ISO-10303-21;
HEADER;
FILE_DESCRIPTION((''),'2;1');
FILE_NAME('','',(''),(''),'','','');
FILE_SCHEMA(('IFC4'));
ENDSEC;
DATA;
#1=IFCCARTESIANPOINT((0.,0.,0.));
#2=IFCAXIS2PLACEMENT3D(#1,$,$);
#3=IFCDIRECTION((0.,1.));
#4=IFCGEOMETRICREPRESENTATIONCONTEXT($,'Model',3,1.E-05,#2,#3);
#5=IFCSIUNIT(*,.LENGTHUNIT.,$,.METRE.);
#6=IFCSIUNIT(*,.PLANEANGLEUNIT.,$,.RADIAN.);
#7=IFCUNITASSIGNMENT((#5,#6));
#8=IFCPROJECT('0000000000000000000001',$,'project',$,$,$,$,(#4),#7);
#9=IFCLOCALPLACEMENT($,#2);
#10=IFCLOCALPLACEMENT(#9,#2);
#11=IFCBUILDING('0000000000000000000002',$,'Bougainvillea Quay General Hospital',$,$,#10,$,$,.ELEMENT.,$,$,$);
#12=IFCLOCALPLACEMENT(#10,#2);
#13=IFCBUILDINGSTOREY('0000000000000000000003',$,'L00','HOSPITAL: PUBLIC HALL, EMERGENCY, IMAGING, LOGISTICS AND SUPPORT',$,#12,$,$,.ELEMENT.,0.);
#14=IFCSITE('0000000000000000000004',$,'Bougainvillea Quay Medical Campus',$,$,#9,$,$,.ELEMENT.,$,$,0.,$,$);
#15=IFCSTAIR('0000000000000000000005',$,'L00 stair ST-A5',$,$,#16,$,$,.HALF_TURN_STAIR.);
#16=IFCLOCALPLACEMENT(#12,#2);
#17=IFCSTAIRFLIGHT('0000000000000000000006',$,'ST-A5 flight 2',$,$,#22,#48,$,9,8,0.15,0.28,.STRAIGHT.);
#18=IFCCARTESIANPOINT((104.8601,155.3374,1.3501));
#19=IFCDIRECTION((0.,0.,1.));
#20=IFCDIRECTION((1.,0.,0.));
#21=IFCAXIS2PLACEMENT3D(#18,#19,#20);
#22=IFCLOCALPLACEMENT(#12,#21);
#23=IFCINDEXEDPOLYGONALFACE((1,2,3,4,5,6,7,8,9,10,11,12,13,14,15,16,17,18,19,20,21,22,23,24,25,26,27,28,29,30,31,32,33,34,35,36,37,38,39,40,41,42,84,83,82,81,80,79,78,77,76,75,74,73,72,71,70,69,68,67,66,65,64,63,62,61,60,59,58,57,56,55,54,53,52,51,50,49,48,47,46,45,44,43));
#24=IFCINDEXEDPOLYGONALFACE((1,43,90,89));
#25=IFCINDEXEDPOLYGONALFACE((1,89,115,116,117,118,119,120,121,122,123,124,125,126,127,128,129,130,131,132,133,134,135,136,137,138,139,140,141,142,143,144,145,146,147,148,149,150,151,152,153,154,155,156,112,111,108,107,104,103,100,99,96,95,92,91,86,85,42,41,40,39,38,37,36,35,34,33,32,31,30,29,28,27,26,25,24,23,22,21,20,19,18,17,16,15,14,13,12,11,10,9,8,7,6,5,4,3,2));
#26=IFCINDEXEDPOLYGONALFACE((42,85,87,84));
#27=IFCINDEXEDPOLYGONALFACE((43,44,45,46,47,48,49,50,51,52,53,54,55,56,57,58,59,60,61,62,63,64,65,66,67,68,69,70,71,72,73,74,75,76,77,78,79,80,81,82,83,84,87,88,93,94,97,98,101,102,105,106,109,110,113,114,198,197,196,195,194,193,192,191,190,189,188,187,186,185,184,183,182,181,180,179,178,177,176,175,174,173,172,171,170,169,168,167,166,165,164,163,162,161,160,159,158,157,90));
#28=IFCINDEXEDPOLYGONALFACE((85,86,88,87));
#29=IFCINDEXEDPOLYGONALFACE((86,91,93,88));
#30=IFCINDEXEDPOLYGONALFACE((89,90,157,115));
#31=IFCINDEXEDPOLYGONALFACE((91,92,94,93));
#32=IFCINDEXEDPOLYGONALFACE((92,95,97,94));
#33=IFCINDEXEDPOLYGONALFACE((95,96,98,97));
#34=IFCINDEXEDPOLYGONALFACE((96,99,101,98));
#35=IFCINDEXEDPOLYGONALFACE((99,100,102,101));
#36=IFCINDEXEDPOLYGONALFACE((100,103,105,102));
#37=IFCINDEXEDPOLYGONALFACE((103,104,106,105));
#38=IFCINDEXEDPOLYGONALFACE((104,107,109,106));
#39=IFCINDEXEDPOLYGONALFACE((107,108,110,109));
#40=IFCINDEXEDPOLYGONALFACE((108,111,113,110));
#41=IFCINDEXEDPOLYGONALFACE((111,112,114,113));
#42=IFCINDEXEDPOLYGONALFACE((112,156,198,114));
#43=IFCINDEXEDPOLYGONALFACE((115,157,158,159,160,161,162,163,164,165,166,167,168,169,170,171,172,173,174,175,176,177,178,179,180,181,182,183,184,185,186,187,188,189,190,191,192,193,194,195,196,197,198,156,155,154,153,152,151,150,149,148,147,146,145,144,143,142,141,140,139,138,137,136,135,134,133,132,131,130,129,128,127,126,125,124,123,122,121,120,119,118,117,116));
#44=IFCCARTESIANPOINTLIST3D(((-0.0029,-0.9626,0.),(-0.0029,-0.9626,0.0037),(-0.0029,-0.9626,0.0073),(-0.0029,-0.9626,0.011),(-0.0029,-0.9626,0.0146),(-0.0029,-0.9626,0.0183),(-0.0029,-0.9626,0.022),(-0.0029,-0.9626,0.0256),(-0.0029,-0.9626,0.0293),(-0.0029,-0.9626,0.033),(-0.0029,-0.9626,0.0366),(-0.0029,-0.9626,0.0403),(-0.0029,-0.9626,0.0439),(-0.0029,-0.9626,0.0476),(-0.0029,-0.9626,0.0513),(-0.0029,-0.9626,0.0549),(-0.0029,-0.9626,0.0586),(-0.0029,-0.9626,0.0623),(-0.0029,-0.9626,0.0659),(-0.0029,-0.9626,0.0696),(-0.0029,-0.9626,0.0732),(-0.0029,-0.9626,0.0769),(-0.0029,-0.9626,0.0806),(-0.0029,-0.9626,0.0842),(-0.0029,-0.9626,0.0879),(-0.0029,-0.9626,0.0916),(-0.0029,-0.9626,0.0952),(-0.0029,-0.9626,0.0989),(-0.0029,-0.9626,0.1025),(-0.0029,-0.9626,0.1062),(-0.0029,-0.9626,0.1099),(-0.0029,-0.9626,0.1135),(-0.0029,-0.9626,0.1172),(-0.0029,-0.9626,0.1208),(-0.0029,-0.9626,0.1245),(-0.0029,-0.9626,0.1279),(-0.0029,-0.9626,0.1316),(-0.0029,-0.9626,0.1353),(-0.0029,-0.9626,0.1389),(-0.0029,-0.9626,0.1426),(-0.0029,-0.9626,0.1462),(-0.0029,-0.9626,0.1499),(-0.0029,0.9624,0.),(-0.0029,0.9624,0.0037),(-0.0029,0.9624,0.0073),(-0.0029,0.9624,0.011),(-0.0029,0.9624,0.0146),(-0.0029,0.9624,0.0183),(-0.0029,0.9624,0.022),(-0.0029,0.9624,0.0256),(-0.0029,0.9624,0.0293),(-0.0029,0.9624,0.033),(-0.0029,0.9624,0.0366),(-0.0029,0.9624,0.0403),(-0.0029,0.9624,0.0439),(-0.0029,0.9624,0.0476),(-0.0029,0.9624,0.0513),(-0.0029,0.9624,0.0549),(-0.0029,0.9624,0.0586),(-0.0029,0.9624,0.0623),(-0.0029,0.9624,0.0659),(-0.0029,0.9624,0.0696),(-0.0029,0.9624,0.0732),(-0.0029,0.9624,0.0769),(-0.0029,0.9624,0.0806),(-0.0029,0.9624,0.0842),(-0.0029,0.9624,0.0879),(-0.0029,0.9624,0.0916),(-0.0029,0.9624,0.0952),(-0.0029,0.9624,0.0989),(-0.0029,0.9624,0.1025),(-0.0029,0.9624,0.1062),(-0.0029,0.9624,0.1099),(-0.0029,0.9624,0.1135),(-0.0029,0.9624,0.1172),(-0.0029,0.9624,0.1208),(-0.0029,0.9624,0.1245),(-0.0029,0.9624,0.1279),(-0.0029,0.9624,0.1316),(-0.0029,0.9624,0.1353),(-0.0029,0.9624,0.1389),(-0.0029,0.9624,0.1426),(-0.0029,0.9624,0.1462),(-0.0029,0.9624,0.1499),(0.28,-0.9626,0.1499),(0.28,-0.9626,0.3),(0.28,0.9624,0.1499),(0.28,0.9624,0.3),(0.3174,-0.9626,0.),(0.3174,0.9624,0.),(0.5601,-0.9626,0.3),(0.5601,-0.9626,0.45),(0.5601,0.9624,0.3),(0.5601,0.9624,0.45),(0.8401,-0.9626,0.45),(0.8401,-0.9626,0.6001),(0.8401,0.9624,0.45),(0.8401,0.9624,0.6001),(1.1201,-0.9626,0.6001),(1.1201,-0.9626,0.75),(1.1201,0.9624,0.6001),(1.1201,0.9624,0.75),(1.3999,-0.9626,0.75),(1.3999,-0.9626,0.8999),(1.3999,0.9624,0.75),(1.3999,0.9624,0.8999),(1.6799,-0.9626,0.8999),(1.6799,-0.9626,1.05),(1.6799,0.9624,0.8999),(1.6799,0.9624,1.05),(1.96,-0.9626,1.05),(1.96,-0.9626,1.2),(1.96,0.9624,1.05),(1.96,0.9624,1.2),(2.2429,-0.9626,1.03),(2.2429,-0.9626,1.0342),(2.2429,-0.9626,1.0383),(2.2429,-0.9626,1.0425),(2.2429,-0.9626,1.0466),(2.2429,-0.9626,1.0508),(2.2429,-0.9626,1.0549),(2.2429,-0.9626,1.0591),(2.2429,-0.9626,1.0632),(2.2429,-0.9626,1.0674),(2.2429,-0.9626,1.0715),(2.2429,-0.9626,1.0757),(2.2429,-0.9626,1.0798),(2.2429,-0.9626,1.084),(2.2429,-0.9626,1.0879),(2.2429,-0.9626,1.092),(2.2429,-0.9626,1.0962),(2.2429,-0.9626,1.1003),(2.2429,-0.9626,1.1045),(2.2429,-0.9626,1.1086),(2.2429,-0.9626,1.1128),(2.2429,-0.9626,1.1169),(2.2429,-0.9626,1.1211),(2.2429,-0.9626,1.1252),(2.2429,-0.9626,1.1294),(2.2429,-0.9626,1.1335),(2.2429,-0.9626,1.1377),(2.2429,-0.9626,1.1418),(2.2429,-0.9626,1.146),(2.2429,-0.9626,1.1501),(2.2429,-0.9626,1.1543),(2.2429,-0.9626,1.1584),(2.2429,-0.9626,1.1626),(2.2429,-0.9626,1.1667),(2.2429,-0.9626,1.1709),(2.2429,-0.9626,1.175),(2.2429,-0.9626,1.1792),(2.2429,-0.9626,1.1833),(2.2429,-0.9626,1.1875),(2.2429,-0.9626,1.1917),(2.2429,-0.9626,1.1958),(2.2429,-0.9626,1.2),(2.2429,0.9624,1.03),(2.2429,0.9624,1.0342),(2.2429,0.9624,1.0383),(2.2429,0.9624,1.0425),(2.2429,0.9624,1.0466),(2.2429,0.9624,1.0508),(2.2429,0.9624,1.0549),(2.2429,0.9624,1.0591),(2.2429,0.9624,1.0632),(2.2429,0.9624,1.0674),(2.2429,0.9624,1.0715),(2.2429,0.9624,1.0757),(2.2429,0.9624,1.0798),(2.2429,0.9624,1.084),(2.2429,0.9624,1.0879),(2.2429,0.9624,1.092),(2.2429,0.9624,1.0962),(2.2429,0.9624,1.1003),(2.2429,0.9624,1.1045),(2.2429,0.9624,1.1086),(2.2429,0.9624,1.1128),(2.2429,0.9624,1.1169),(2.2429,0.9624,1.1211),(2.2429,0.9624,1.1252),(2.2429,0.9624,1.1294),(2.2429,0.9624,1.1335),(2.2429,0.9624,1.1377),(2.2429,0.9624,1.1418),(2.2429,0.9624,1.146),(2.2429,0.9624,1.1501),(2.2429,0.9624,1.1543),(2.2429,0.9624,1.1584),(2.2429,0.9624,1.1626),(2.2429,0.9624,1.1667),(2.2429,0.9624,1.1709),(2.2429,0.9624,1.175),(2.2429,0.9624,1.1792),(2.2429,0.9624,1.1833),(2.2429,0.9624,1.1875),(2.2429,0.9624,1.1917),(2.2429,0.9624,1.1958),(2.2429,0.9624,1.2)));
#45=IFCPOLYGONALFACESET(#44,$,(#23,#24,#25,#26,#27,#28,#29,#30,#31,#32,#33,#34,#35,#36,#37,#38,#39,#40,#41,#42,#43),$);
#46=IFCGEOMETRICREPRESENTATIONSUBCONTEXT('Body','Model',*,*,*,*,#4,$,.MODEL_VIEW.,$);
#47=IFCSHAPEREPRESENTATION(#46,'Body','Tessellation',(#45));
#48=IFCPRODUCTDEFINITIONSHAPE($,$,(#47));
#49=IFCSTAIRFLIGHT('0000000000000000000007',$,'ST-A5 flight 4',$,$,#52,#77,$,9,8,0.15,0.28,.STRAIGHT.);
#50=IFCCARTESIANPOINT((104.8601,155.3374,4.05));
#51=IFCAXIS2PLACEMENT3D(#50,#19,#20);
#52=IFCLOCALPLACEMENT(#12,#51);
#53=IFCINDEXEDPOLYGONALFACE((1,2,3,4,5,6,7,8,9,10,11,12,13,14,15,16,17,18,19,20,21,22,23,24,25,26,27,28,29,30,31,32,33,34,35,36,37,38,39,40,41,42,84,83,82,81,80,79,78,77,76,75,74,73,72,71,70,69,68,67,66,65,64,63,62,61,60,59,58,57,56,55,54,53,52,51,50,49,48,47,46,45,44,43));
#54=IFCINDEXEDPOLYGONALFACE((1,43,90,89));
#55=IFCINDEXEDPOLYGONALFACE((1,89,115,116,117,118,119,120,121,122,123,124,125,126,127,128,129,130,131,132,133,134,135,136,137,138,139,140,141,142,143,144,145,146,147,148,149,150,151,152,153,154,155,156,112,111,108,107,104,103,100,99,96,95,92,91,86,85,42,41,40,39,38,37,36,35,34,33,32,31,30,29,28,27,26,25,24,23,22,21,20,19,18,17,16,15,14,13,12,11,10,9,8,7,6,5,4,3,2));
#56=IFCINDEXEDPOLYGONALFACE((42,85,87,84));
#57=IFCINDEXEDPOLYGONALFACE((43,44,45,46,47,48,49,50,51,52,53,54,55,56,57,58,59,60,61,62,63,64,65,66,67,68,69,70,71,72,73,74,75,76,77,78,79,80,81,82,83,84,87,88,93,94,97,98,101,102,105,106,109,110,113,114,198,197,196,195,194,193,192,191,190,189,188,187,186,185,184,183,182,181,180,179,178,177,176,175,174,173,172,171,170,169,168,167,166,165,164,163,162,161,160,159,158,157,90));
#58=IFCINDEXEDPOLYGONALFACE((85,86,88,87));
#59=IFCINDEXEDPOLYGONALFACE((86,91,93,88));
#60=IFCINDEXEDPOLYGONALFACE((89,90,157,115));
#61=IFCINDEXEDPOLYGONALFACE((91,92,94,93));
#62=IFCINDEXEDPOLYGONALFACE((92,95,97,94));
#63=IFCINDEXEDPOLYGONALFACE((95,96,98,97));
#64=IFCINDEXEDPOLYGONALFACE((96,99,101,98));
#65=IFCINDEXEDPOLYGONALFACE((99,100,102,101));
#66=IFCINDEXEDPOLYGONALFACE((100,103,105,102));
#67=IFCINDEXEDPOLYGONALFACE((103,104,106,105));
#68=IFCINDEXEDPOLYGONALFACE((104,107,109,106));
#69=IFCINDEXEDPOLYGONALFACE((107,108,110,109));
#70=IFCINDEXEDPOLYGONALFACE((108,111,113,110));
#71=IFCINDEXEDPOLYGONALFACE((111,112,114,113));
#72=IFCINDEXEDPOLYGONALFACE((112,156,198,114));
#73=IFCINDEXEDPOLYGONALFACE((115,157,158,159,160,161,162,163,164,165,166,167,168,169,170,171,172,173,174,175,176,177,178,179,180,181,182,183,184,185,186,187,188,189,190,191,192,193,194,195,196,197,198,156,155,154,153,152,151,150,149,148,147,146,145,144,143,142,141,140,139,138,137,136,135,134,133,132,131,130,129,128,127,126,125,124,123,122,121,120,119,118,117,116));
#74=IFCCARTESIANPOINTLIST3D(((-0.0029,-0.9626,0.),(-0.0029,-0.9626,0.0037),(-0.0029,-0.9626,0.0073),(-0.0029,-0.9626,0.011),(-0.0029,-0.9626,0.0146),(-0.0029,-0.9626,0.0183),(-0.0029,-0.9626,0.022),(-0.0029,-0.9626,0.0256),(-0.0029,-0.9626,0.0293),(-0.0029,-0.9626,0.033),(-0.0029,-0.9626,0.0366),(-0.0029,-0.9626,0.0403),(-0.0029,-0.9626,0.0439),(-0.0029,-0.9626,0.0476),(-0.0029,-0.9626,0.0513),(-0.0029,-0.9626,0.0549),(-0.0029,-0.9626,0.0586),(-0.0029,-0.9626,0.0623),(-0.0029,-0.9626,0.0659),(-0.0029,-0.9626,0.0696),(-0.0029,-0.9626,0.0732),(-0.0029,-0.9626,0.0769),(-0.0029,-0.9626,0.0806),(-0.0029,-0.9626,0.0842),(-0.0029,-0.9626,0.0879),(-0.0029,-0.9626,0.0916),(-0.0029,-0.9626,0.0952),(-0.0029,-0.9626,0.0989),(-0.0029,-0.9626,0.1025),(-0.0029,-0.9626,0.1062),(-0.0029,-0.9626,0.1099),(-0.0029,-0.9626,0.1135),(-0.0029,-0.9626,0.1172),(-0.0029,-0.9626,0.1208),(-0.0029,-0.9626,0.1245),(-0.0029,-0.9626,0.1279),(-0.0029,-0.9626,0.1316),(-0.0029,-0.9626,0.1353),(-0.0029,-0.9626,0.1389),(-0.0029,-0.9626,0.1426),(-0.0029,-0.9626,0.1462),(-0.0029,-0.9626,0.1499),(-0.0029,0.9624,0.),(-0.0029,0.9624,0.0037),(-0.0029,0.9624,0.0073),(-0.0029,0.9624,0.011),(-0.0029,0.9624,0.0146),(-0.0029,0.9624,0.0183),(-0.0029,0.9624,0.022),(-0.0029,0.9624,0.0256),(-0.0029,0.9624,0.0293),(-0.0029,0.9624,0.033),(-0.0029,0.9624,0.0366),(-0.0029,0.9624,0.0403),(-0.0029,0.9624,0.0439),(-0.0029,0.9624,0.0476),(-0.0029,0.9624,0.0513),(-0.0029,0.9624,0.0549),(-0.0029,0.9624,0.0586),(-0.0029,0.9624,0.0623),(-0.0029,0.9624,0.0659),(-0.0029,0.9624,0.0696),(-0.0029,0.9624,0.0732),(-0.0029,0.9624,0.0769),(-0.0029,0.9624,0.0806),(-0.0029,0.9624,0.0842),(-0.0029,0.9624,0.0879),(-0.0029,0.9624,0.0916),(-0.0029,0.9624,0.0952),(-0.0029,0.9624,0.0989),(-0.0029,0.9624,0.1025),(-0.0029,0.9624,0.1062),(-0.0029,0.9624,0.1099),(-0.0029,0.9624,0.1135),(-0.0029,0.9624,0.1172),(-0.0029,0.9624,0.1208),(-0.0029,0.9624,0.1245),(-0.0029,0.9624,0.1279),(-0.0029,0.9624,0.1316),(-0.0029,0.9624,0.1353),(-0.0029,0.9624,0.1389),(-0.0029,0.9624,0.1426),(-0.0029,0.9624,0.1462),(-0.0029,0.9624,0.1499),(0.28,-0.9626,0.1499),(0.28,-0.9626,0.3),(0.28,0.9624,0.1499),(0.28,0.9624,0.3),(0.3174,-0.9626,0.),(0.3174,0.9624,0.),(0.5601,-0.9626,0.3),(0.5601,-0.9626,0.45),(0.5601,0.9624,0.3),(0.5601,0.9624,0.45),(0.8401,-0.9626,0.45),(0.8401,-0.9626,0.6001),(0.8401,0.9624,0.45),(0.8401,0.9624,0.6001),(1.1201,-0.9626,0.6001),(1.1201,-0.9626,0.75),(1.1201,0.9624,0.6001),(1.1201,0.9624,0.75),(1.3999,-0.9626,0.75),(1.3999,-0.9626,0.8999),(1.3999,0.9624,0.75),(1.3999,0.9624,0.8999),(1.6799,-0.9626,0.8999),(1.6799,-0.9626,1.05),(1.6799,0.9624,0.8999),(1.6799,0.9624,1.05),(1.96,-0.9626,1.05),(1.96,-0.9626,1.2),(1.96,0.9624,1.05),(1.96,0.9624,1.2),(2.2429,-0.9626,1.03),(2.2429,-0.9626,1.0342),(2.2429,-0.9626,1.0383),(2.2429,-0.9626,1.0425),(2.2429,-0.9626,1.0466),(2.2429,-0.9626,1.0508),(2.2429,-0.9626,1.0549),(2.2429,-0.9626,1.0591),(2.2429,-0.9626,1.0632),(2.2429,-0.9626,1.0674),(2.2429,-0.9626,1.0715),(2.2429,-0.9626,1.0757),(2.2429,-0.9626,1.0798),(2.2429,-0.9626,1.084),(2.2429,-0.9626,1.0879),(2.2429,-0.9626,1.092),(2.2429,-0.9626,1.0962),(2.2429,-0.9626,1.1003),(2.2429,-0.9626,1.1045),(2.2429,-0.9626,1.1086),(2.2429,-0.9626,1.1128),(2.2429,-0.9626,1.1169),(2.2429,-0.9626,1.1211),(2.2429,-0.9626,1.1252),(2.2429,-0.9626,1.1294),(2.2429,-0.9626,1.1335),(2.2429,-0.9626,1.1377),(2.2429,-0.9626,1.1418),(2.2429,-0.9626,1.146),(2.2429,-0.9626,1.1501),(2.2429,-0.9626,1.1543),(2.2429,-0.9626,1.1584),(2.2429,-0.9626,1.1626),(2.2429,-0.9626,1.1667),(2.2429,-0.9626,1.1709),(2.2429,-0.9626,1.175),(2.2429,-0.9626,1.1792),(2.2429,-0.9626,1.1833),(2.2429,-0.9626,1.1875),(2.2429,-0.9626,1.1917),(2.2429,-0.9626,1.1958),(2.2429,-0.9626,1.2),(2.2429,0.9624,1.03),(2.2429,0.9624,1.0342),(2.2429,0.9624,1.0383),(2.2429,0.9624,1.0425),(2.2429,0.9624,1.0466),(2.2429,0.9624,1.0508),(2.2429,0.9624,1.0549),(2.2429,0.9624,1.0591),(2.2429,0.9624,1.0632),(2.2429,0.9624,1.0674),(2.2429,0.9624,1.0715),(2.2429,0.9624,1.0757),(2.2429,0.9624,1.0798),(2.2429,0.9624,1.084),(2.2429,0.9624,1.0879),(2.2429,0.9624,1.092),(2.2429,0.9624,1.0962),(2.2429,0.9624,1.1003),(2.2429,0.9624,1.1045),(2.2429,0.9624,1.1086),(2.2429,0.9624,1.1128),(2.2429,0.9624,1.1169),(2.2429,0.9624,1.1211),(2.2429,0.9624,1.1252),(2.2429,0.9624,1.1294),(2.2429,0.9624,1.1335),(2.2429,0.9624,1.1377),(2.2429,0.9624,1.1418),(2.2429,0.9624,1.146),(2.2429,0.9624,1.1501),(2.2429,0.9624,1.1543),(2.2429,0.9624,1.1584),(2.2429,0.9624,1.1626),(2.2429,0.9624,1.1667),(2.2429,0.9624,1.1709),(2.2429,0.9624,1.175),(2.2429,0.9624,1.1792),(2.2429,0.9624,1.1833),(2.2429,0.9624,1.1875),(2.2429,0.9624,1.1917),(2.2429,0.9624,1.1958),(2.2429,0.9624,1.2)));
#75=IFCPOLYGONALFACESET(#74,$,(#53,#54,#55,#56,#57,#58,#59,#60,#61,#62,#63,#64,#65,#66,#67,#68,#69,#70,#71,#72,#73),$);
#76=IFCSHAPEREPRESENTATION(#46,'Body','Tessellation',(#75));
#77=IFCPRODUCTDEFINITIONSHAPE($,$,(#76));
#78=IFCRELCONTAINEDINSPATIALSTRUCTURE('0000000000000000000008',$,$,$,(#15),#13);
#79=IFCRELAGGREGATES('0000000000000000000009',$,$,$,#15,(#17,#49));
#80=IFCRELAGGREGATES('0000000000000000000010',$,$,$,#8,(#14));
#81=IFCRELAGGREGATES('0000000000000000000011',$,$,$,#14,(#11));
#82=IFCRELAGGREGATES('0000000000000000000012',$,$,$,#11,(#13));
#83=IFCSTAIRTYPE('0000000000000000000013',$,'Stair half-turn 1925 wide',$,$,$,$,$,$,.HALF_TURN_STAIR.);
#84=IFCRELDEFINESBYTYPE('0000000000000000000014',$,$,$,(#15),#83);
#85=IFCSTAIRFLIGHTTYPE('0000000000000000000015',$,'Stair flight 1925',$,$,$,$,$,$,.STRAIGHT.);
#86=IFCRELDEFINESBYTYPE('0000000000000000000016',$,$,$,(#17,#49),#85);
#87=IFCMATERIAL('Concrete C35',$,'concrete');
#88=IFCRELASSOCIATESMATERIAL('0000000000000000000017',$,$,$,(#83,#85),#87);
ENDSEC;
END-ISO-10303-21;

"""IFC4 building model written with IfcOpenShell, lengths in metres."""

from ifc_helpers import new_model, si_unit, direction, frame, origin, place, context, subcontext, project, spatial, polyline, outline, extrude, material, type_object, element, aggregate, save


model = new_model("IFC4")

# Units and contexts
model_context = context("Model", 3, precision=1e-05, world=origin(), true_north=direction((0.0, 1.0)))
body_context = subcontext(model_context, "Body", "Model", "MODEL_VIEW")
ifc_project = project(units=[si_unit("LENGTHUNIT", "METRE"), si_unit("PLANEANGLEUNIT", "RADIAN")], contexts=[model_context])

# Site, building, storey
site_placement = place(None, origin())
site = spatial("IfcSite", under=ifc_project, at=site_placement, Name="Bougainvillea Quay Medical Campus", CompositionType="ELEMENT", RefElevation=0.0)
building_placement = place(site_placement, origin())
building = spatial("IfcBuilding", under=site, at=building_placement, Name="Bougainvillea Quay General Hospital", CompositionType="ELEMENT")
storey_placement = place(building_placement, origin())
storey = spatial("IfcBuildingStorey", under=building, at=storey_placement, Name="L00", Description="HOSPITAL: PUBLIC HALL, EMERGENCY, IMAGING, LOGISTICS AND SUPPORT", CompositionType="ELEMENT", Elevation=0.0)

# Stair, stair flights
ifc_material_1 = material(Name="Concrete C35", Category="concrete")
stair_type = type_object("IfcStairType", Name="Stair half-turn 1925 wide", PredefinedType="HALF_TURN_STAIR", material=ifc_material_1)
stair_placement = place(storey_placement, origin())
stair = element("IfcStair", 1, at=stair_placement, inside=storey, type_object=stair_type, Name="L00 stair ST-A5", PredefinedType="HALF_TURN_STAIR")
stair_flight_type = type_object("IfcStairFlightType", Name="Stair flight 1925", PredefinedType="STRAIGHT", material=ifc_material_1)
stair_flight_1_placement = place(storey_placement, frame((104.8601, 155.3374, 1.3501), z_axis=(0.0, 0.0, 1.0), x_axis=(1.0, 0.0, 0.0)))
stair_flight_1 = element("IfcStairFlight", 2, at=stair_flight_1_placement, type_object=stair_flight_type, Name="ST-A5 flight 2", NumberOfRisers=9, NumberOfTreads=8, PredefinedType="STRAIGHT", RiserHeight=0.15, TreadLength=0.28, context=body_context, shape_type="SweptSolid", body=[
    extrude(outline(polyline([(-0.0029, 0.0), (-0.0029, 0.0037), (-0.0029, 0.0073), (-0.0029, 0.011), (-0.0029, 0.0146), (-0.0029, 0.0183), (-0.0029, 0.022), (-0.0029, 0.0256), (-0.0029, 0.0293), (-0.0029, 0.033), (-0.0029, 0.0366), (-0.0029, 0.0403), (-0.0029, 0.0439), (-0.0029, 0.0476), (-0.0029, 0.0513), (-0.0029, 0.0549), (-0.0029, 0.0586), (-0.0029, 0.0623), (-0.0029, 0.0659), (-0.0029, 0.0696), (-0.0029, 0.0732), (-0.0029, 0.0769), (-0.0029, 0.0806), (-0.0029, 0.0842), (-0.0029, 0.0879), (-0.0029, 0.0916), (-0.0029, 0.0952), (-0.0029, 0.0989), (-0.0029, 0.1025), (-0.0029, 0.1062), (-0.0029, 0.1099), (-0.0029, 0.1135), (-0.0029, 0.1172), (-0.0029, 0.1208), (-0.0029, 0.1245), (-0.0029, 0.1279), (-0.0029, 0.1316), (-0.0029, 0.1353), (-0.0029, 0.1389), (-0.0029, 0.1426), (-0.0029, 0.1462), (-0.0029, 0.1499), (0.28, 0.1499), (0.28, 0.3), (0.5601, 0.3), (0.5601, 0.45), (0.8401, 0.45), (0.8401, 0.6001), (1.1201, 0.6001), (1.1201, 0.75), (1.3999, 0.75), (1.3999, 0.8999), (1.6799, 0.8999), (1.6799, 1.05), (1.96, 1.05), (1.96, 1.2), (2.2429, 1.2), (2.2429, 1.1958), (2.2429, 1.1917), (2.2429, 1.1875), (2.2429, 1.1833), (2.2429, 1.1792), (2.2429, 1.175), (2.2429, 1.1709), (2.2429, 1.1667), (2.2429, 1.1626), (2.2429, 1.1584), (2.2429, 1.1543), (2.2429, 1.1501), (2.2429, 1.146), (2.2429, 1.1418), (2.2429, 1.1377), (2.2429, 1.1335), (2.2429, 1.1294), (2.2429, 1.1252), (2.2429, 1.1211), (2.2429, 1.1169), (2.2429, 1.1128), (2.2429, 1.1086), (2.2429, 1.1045), (2.2429, 1.1003), (2.2429, 1.0962), (2.2429, 1.092), (2.2429, 1.0879), (2.2429, 1.084), (2.2429, 1.0798), (2.2429, 1.0757), (2.2429, 1.0715), (2.2429, 1.0674), (2.2429, 1.0632), (2.2429, 1.0591), (2.2429, 1.0549), (2.2429, 1.0508), (2.2429, 1.0466), (2.2429, 1.0425), (2.2429, 1.0383), (2.2429, 1.0342), (2.2429, 1.03), (0.3174, 0.0), (-0.0029, 0.0)])), frame((0.0, 0.9624, 0.0), z_axis=(0.0, -1.0, 0.0), x_axis=(1.0, 0.0, 0.0)), (0.0, 0.0, 1.0), 1.925),
])
stair_flight_2_placement = place(storey_placement, frame((104.8601, 155.3374, 4.05), z_axis=(0.0, 0.0, 1.0), x_axis=(1.0, 0.0, 0.0)))
stair_flight_2 = element("IfcStairFlight", 3, at=stair_flight_2_placement, type_object=stair_flight_type, Name="ST-A5 flight 4", NumberOfRisers=9, NumberOfTreads=8, PredefinedType="STRAIGHT", RiserHeight=0.15, TreadLength=0.28, context=body_context, shape_type="SweptSolid", body=[
    extrude(outline(polyline([(-0.0029, 0.0), (-0.0029, 0.0037), (-0.0029, 0.0073), (-0.0029, 0.011), (-0.0029, 0.0146), (-0.0029, 0.0183), (-0.0029, 0.022), (-0.0029, 0.0256), (-0.0029, 0.0293), (-0.0029, 0.033), (-0.0029, 0.0366), (-0.0029, 0.0403), (-0.0029, 0.0439), (-0.0029, 0.0476), (-0.0029, 0.0513), (-0.0029, 0.0549), (-0.0029, 0.0586), (-0.0029, 0.0623), (-0.0029, 0.0659), (-0.0029, 0.0696), (-0.0029, 0.0732), (-0.0029, 0.0769), (-0.0029, 0.0806), (-0.0029, 0.0842), (-0.0029, 0.0879), (-0.0029, 0.0916), (-0.0029, 0.0952), (-0.0029, 0.0989), (-0.0029, 0.1025), (-0.0029, 0.1062), (-0.0029, 0.1099), (-0.0029, 0.1135), (-0.0029, 0.1172), (-0.0029, 0.1208), (-0.0029, 0.1245), (-0.0029, 0.1279), (-0.0029, 0.1316), (-0.0029, 0.1353), (-0.0029, 0.1389), (-0.0029, 0.1426), (-0.0029, 0.1462), (-0.0029, 0.1499), (0.28, 0.1499), (0.28, 0.3), (0.5601, 0.3), (0.5601, 0.45), (0.8401, 0.45), (0.8401, 0.6001), (1.1201, 0.6001), (1.1201, 0.75), (1.3999, 0.75), (1.3999, 0.8999), (1.6799, 0.8999), (1.6799, 1.05), (1.96, 1.05), (1.96, 1.2), (2.2429, 1.2), (2.2429, 1.1958), (2.2429, 1.1917), (2.2429, 1.1875), (2.2429, 1.1833), (2.2429, 1.1792), (2.2429, 1.175), (2.2429, 1.1709), (2.2429, 1.1667), (2.2429, 1.1626), (2.2429, 1.1584), (2.2429, 1.1543), (2.2429, 1.1501), (2.2429, 1.146), (2.2429, 1.1418), (2.2429, 1.1377), (2.2429, 1.1335), (2.2429, 1.1294), (2.2429, 1.1252), (2.2429, 1.1211), (2.2429, 1.1169), (2.2429, 1.1128), (2.2429, 1.1086), (2.2429, 1.1045), (2.2429, 1.1003), (2.2429, 1.0962), (2.2429, 1.092), (2.2429, 1.0879), (2.2429, 1.084), (2.2429, 1.0798), (2.2429, 1.0757), (2.2429, 1.0715), (2.2429, 1.0674), (2.2429, 1.0632), (2.2429, 1.0591), (2.2429, 1.0549), (2.2429, 1.0508), (2.2429, 1.0466), (2.2429, 1.0425), (2.2429, 1.0383), (2.2429, 1.0342), (2.2429, 1.03), (0.3174, 0.0), (-0.0029, 0.0)])), frame((0.0, 0.9624, 0.0), z_axis=(0.0, -1.0, 0.0), x_axis=(1.0, 0.0, 0.0)), (0.0, 0.0, 1.0), 1.925),
])
aggregate(stair, [stair_flight_1, stair_flight_2])

save(model, "model.ifc")
